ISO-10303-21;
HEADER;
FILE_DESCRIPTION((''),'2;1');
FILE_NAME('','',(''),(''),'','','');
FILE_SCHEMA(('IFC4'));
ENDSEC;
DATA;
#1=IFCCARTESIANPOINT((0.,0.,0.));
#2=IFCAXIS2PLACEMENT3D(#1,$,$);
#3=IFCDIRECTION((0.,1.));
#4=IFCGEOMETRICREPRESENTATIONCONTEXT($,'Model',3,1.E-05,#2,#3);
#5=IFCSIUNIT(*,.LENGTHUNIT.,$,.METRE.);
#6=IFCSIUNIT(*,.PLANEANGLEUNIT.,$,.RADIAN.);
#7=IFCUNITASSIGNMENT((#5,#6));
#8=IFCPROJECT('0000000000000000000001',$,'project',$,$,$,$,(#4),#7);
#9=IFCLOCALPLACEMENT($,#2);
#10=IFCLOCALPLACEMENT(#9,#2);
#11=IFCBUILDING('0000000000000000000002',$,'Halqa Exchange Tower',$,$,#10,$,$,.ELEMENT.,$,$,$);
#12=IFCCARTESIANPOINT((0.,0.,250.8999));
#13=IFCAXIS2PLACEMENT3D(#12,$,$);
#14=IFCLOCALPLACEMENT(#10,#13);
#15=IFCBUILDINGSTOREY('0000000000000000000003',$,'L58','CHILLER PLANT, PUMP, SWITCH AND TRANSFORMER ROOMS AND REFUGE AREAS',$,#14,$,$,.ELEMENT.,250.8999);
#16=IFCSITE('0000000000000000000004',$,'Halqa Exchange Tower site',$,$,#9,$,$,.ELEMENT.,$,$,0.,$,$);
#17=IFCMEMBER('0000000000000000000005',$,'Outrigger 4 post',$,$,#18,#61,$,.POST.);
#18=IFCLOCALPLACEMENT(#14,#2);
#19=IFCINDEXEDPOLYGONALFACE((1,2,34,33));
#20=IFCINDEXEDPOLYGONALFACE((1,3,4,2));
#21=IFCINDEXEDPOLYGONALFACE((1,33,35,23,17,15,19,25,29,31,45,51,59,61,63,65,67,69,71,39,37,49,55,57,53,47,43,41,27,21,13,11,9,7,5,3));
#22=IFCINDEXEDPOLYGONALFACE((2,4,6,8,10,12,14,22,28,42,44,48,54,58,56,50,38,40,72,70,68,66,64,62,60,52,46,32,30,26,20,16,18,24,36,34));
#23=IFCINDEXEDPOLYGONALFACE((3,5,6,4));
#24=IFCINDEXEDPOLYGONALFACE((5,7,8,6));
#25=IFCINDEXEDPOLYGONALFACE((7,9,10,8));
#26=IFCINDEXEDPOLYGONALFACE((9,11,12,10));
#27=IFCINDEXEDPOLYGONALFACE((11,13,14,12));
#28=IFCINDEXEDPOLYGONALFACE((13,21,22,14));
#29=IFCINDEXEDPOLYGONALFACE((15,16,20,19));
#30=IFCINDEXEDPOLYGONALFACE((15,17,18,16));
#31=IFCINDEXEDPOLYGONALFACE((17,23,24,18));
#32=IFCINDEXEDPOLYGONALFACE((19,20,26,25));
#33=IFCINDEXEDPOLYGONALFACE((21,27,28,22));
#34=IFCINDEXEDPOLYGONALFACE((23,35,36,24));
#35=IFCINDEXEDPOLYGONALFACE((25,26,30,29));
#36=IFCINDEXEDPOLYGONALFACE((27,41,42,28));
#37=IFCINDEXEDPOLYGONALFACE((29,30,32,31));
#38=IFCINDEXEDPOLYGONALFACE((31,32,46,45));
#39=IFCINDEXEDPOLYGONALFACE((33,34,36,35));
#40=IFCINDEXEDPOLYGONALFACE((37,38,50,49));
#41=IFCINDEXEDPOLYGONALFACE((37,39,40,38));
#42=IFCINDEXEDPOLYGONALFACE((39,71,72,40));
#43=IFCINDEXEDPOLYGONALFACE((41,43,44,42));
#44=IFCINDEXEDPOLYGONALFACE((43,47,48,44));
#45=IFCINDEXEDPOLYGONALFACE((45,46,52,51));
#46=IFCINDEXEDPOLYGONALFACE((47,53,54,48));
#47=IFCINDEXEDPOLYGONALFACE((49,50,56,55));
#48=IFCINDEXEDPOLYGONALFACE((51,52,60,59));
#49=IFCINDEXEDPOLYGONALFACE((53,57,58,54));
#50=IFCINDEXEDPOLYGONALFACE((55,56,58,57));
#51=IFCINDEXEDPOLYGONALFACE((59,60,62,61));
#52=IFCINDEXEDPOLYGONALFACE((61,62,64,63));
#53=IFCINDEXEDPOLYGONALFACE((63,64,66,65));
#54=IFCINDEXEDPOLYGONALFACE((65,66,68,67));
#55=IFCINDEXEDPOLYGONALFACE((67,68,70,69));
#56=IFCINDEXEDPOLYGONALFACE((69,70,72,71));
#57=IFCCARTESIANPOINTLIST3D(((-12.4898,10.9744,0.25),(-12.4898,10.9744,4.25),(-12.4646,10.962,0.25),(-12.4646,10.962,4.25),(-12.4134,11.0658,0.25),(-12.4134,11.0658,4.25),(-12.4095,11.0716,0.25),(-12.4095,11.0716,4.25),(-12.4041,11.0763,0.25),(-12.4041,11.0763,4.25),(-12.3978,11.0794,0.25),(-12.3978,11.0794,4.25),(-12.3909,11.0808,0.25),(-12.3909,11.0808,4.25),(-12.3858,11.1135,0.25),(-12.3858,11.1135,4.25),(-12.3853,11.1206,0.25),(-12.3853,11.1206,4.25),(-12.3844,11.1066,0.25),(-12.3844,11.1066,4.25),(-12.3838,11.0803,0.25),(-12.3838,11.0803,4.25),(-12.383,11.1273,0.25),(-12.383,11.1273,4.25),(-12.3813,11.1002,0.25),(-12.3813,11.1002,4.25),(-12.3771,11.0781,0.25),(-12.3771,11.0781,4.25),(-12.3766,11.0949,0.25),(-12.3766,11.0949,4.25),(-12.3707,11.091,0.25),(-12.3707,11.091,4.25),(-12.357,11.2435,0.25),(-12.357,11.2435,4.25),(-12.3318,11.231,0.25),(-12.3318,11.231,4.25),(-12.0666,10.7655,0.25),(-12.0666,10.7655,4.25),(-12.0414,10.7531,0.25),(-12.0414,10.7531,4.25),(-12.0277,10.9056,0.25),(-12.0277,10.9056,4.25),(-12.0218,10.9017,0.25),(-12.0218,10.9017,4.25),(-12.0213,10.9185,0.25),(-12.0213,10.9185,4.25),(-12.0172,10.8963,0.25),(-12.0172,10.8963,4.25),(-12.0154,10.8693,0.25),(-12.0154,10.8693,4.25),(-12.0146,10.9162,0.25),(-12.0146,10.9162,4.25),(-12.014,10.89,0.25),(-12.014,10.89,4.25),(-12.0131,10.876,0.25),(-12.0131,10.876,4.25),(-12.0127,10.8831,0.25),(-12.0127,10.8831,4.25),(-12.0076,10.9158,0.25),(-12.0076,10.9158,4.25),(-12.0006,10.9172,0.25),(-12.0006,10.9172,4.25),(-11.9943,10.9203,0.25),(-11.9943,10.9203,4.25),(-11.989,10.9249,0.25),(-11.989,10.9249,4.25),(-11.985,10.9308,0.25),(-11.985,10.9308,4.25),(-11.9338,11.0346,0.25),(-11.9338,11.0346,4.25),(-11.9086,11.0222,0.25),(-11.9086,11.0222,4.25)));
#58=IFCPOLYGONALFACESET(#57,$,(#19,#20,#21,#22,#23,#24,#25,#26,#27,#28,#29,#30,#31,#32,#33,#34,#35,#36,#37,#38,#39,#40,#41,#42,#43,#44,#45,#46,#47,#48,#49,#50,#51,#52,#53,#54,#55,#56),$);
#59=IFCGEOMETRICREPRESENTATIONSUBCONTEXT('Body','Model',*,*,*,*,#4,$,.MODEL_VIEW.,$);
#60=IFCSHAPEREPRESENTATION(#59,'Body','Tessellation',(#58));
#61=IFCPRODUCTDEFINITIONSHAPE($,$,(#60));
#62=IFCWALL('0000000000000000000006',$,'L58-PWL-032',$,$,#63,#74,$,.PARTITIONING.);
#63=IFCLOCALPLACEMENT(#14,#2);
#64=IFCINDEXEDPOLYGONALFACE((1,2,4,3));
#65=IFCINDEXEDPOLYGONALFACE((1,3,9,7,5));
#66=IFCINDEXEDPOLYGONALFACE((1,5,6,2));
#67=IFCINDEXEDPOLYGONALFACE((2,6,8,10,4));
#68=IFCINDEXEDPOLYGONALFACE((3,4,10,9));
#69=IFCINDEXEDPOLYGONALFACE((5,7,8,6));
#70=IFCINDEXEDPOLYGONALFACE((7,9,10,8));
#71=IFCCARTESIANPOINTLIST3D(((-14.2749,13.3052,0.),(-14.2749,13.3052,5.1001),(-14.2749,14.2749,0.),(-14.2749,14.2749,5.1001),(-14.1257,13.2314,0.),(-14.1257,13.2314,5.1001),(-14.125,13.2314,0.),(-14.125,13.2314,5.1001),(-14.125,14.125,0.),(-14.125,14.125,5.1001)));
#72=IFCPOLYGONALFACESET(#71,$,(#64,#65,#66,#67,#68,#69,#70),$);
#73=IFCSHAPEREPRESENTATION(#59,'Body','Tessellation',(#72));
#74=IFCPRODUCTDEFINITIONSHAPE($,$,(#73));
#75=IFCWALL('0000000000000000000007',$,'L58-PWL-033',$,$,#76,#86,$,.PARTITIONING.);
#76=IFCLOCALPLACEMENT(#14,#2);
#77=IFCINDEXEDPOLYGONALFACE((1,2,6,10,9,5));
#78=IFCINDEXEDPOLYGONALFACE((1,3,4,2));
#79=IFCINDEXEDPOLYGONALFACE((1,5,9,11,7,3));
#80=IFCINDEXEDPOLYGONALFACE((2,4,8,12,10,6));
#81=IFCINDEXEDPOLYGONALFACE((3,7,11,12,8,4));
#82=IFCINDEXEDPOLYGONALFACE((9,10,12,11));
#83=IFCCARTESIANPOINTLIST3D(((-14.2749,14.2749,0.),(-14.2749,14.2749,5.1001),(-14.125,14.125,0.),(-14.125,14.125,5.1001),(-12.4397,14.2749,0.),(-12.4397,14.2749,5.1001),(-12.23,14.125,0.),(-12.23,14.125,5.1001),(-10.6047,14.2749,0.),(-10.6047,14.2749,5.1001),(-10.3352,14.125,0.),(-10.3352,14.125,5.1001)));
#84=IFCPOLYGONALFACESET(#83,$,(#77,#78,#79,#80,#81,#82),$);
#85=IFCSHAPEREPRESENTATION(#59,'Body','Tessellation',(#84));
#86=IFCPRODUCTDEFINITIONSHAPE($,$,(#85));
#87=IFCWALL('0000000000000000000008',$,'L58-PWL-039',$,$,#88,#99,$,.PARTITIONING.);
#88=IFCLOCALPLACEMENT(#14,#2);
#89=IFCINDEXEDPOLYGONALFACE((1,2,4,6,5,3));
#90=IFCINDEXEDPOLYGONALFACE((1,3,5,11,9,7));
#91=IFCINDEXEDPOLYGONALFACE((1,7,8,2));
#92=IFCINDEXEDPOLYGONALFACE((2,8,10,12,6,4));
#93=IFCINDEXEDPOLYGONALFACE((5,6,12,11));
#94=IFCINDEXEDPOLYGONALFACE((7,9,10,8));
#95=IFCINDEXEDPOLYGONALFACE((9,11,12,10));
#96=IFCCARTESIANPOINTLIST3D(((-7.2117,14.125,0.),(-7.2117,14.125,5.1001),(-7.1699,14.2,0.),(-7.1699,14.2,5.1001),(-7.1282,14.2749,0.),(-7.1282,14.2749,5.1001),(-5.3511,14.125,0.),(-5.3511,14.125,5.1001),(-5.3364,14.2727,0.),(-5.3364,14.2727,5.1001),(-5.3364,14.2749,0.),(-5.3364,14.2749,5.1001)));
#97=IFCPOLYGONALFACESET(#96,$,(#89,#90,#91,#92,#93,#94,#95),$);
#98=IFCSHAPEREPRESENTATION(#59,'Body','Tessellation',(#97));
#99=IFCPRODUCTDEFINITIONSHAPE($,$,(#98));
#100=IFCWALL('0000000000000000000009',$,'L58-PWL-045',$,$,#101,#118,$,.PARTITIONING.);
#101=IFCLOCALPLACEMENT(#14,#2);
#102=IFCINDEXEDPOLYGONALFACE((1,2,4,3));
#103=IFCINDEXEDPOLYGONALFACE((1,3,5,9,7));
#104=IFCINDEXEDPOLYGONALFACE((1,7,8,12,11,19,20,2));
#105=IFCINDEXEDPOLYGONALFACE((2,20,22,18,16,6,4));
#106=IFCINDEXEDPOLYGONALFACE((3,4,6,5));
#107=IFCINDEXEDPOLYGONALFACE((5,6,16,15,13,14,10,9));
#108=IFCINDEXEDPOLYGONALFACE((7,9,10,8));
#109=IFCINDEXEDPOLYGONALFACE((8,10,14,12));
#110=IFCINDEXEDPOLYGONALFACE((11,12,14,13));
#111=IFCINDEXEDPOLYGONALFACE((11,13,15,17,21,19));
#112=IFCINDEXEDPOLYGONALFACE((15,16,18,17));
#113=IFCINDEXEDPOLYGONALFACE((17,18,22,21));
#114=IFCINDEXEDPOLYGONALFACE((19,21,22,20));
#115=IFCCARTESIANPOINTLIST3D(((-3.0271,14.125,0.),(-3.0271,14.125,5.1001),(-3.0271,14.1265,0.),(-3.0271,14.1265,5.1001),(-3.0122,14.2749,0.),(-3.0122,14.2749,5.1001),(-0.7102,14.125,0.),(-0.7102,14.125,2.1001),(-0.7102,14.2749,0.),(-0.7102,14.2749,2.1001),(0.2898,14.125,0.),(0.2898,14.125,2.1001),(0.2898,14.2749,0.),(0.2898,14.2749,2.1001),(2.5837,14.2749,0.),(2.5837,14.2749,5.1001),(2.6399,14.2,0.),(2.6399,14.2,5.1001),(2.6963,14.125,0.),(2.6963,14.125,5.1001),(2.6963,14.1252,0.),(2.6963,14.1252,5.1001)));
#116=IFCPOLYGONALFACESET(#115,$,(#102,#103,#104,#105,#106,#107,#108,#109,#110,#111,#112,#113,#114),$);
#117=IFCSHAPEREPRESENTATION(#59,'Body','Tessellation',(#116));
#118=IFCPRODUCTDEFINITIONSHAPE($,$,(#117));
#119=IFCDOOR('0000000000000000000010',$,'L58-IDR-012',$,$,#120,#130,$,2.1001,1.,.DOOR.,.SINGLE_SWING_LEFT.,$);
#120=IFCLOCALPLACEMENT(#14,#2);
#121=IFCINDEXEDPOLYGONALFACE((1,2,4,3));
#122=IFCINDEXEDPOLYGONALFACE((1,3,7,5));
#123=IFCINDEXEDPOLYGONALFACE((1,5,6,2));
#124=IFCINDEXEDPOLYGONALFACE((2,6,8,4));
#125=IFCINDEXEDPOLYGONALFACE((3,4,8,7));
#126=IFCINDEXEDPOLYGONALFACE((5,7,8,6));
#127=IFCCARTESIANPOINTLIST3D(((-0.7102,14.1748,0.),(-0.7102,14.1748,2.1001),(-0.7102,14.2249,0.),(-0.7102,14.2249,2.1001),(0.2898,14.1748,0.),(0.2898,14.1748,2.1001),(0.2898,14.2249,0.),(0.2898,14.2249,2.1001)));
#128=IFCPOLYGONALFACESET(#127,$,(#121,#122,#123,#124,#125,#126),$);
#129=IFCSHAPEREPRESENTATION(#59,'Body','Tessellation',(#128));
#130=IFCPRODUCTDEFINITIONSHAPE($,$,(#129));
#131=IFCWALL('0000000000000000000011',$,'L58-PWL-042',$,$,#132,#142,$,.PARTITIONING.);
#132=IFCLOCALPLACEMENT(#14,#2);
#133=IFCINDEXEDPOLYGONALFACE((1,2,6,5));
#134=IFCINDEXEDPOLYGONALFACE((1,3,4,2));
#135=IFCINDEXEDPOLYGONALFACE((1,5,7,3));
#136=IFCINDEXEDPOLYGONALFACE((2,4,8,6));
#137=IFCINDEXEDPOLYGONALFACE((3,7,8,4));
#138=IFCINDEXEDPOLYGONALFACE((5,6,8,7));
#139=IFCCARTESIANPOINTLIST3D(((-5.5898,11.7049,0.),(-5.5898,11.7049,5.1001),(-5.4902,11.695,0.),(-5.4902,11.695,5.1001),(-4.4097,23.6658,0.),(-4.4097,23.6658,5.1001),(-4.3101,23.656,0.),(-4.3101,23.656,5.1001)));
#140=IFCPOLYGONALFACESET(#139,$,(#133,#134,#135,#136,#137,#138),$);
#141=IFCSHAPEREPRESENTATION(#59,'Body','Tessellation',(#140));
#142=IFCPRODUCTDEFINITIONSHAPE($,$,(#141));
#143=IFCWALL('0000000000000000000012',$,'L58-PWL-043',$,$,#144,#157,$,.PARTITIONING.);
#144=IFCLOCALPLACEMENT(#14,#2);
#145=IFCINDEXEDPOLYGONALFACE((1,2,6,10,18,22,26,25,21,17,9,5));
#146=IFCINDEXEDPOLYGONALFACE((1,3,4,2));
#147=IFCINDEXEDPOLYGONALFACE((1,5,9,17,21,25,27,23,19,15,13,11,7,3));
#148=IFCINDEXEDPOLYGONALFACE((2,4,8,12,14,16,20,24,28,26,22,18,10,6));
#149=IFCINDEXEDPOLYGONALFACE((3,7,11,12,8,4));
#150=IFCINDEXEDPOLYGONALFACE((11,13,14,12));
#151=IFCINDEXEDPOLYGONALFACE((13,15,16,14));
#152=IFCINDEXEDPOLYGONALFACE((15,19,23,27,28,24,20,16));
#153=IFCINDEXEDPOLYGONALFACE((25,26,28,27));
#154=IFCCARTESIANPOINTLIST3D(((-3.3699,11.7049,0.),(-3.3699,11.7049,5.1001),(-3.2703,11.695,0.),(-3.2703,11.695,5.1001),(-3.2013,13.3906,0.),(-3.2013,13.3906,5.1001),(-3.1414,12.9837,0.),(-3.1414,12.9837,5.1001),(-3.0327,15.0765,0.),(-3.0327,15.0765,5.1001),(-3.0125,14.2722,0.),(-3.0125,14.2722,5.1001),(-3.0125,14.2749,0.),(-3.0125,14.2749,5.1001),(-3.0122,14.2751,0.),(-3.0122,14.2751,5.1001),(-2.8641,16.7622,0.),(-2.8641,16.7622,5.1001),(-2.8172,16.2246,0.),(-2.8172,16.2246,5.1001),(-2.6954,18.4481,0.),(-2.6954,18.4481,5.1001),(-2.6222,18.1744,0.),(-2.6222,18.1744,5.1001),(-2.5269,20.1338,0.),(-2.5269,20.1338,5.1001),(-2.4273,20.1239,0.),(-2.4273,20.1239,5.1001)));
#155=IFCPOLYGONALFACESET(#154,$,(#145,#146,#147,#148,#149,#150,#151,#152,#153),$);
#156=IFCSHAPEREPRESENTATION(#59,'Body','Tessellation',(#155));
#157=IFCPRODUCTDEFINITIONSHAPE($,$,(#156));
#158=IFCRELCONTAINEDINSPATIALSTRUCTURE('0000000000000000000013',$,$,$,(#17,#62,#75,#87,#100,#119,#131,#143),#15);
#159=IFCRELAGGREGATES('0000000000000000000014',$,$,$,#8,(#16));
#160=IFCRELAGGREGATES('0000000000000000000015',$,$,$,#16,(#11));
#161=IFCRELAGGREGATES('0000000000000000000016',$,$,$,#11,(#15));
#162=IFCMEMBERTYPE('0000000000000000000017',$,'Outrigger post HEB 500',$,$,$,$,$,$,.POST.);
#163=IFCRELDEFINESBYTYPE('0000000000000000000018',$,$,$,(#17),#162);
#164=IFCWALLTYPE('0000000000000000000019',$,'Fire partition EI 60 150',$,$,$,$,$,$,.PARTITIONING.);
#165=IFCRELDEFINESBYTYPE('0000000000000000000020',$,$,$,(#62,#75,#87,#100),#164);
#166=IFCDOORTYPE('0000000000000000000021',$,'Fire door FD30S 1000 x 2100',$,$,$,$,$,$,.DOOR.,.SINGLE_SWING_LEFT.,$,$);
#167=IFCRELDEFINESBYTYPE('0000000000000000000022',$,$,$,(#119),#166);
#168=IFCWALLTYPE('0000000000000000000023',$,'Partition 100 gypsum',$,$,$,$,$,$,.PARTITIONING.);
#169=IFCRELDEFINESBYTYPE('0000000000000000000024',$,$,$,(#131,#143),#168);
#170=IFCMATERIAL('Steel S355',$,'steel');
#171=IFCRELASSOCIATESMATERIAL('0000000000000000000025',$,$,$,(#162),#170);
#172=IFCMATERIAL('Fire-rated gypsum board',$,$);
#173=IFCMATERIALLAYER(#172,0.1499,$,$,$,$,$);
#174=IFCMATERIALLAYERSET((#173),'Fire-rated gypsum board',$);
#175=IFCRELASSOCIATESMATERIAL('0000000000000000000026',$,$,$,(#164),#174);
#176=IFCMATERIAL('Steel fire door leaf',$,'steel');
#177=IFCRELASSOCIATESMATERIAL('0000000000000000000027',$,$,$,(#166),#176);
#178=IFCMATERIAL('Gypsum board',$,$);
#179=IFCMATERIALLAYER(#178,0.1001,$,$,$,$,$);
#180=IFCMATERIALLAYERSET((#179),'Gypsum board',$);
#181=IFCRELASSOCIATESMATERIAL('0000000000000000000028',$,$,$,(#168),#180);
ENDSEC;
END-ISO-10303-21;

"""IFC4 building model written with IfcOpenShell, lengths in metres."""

from ifc_helpers import new_model, si_unit, direction, frame, frame_2d, origin, origin_2d, place, context, subcontext, project, spatial, polyline, rectangle, i_section, outline, extrude, material, layer, layer_set, material_profile, profile_set, type_object, element, fill, save


model = new_model("IFC4")

# Units and contexts
model_context = context("Model", 3, precision=1e-05, world=origin(), true_north=direction((0.0, 1.0)))
body_context = subcontext(model_context, "Body", "Model", "MODEL_VIEW")
ifc_project = project(units=[si_unit("LENGTHUNIT", "METRE"), si_unit("PLANEANGLEUNIT", "RADIAN")], contexts=[model_context])

# Site, building, storey
site_placement = place(None, origin())
site = spatial("IfcSite", under=ifc_project, at=site_placement, Name="Halqa Exchange Tower site", CompositionType="ELEMENT", RefElevation=0.0)
building_placement = place(site_placement, origin())
building = spatial("IfcBuilding", under=site, at=building_placement, Name="Halqa Exchange Tower", CompositionType="ELEMENT")
storey_placement = place(building_placement, frame((0.0, 0.0, 250.8999)))
storey = spatial("IfcBuildingStorey", under=building, at=storey_placement, Name="L58", Description="CHILLER PLANT, PUMP, SWITCH AND TRANSFORMER ROOMS AND REFUGE AREAS", CompositionType="ELEMENT", Elevation=250.8999)

# Shared definitions
ifc_material_1 = material(Name="Steel S355", Category="steel")

# Member
ifc_material_profile_1 = material_profile(ifc_material_1, i_section(OverallWidth=0.3, OverallDepth=0.5, WebThickness=0.0144, FlangeThickness=0.0281, FilletRadius=0.0271, at=origin_2d()), Name="HEB 500")
ifc_profile_set_1 = profile_set([ifc_material_profile_1], Name="Steel S355")
member_type_1 = type_object("IfcMemberType", Name="Outrigger post HEB 500", PredefinedType="POST", material=ifc_profile_set_1)
member_1_placement = place(storey_placement, frame((-12.1992, 10.9983, 0.25), z_axis=(0.0, 0.0, 1.0), x_axis=(-0.442617, -0.896711, 0.0)))
element("IfcMember", 1, at=member_1_placement, inside=storey, type_object=member_type_1, Name="Outrigger 4 post", PredefinedType="POST", context=body_context, shape_type="SweptSolid", body=[
    extrude(i_section(OverallWidth=0.3, OverallDepth=0.5, WebThickness=0.0144, FlangeThickness=0.0281, FilletRadius=0.0271, at=origin_2d()), origin(), (0.0, 0.0, 1.0), 4.0),
])

# Walls
ifc_material_2 = material(Name="Fire-rated gypsum board")
ifc_layer_1 = layer(ifc_material_2, 0.1499)
ifc_layer_set_1 = layer_set([ifc_layer_1], Name="Fire-rated gypsum board")
wall_type_1 = type_object("IfcWallType", Name="Fire partition EI 60 150", PredefinedType="PARTITIONING", material=ifc_layer_set_1)
wall_1_placement = place(storey_placement, frame((-14.2, 13.2314, 0.0), z_axis=(0.0, 0.0, 1.0), x_axis=(0.0, 1.0, 0.0)))
element("IfcWall", 2, at=wall_1_placement, inside=storey, type_object=wall_type_1, Name="L58-PWL-032", PredefinedType="PARTITIONING", context=body_context, shape_type="SweptSolid", body=[
    extrude(outline(polyline([(0.0, -0.075), (0.8936, -0.075), (1.0435, 0.075), (0.0737, 0.075), (0.0, -0.0742), (0.0, -0.075)])), origin(), (0.0, 0.0, 1.0), 5.1001),
])
wall_2_placement = place(storey_placement, frame((-14.2749, 14.2, 0.0), z_axis=(0.0, 0.0, 1.0), x_axis=(1.0, 0.0, 0.0)))
element("IfcWall", 3, at=wall_2_placement, inside=storey, type_object=wall_type_1, Name="L58-PWL-033", PredefinedType="PARTITIONING", context=body_context, shape_type="SweptSolid", body=[
    extrude(outline(polyline([(3.9397, -0.075), (3.9397, -0.075), (3.6702, 0.075), (1.8352, 0.075), (0.0, 0.075), (0.1499, -0.075), (2.0449, -0.075), (3.9397, -0.075)])), origin(), (0.0, 0.0, 1.0), 5.1001),
])
wall_3_placement = place(storey_placement, frame((-7.2119, 14.2, 0.0), z_axis=(0.0, 0.0, 1.0), x_axis=(1.0, 0.0, 0.0)))
element("IfcWall", 4, at=wall_3_placement, inside=storey, type_object=wall_type_1, Name="L58-PWL-039", PredefinedType="PARTITIONING", context=body_context, shape_type="SweptSolid", body=[
    extrude(outline(polyline([(0.0002, -0.075), (1.8608, -0.075), (1.8755, 0.0728), (1.8755, 0.075), (0.0837, 0.075), (0.042, 0.0), (0.0002, -0.075)])), origin(), (0.0, 0.0, 1.0), 5.1001),
])

# Wall, opening, door
wall_4_placement = place(storey_placement, frame((-3.0271, 14.2, 0.0), z_axis=(0.0, 0.0, 1.0), x_axis=(1.0, 0.0, 0.0)))
wall_4 = element("IfcWall", 5, at=wall_4_placement, inside=storey, type_object=wall_type_1, Name="L58-PWL-045", PredefinedType="PARTITIONING", context=body_context, shape_type="SweptSolid", body=[
    extrude(outline(polyline([(5.7234, -0.075), (5.7234, -0.0747), (5.667, 0.0), (5.6108, 0.075), (3.7454, 0.075), (1.8801, 0.075), (0.0149, 0.075), (0.0, -0.0735), (0.0, -0.075), (1.9077, -0.075), (3.8157, -0.075), (5.7234, -0.075)])), origin(), (0.0, 0.0, 1.0), 5.1001),
])
opening_1_placement = place(wall_4_placement, frame((2.3169, 0.0, 0.0)))
opening_1 = element("IfcOpeningElement", 6, at=opening_1_placement, cuts=wall_4, PredefinedType="OPENING", context=body_context, shape_type="SweptSolid", body=[
    extrude(rectangle(XDim=1.0, YDim=2.1001, at=frame_2d((0.5, 1.05))), frame((0.0, 0.0869, 0.0), z_axis=(0.0, -1.0, 0.0), x_axis=(1.0, 0.0, 0.0)), (0.0, 0.0, 1.0), 0.1738),
])
ifc_material_3 = material(Name="Steel fire door leaf", Category="steel")
door_type_1 = type_object("IfcDoorType", Name="Fire door FD30S 1000 x 2100", OperationType="SINGLE_SWING_LEFT", PredefinedType="DOOR", material=ifc_material_3)
door_1_placement = place(opening_1_placement, origin())
door_1 = element("IfcDoor", 7, at=door_1_placement, inside=storey, type_object=door_type_1, Name="L58-IDR-012", OperationType="SINGLE_SWING_LEFT", OverallHeight=2.1001, OverallWidth=1.0, PredefinedType="DOOR", context=body_context, shape_type="SweptSolid", body=[
    extrude(rectangle(XDim=1.0, YDim=2.1001, at=frame_2d((0.5, 1.05))), frame((0.0, 0.0249, 0.0), z_axis=(0.0, -1.0, 0.0), x_axis=(1.0, 0.0, 0.0)), (0.0, 0.0, 1.0), 0.05),
])
fill(opening_1, door_1)

# Walls
ifc_material_4 = material(Name="Gypsum board")
ifc_layer_2 = layer(ifc_material_4, 0.1001)
ifc_layer_set_2 = layer_set([ifc_layer_2], Name="Gypsum board")
wall_type_2 = type_object("IfcWallType", Name="Partition 100 gypsum", PredefinedType="PARTITIONING", material=ifc_layer_set_2)
wall_5_placement = place(storey_placement, frame((-5.54, 11.7, 0.0), z_axis=(0.0, 0.0, 1.0), x_axis=(0.098192, 0.995167, 0.0)))
element("IfcWall", 8, at=wall_5_placement, inside=storey, type_object=wall_type_2, Name="L58-PWL-042", PredefinedType="PARTITIONING", context=body_context, shape_type="SweptSolid", body=[
    extrude(rectangle(XDim=12.019, YDim=0.1001, at=frame_2d((6.0095, 0.0))), origin(), (0.0, 0.0, 1.0), 5.1001),
])
wall_6_placement = place(storey_placement, frame((-3.3201, 11.7, 0.0), z_axis=(0.0, 0.0, 1.0), x_axis=(0.099518, 0.995036, 0.0)))
element("IfcWall", 9, at=wall_6_placement, inside=storey, type_object=wall_type_2, Name="L58-PWL-043", PredefinedType="PARTITIONING", context=body_context, shape_type="SweptSolid", body=[
    extrude(outline(polyline([(0.0, -0.05), (1.2952, -0.05), (2.5901, -0.05), (2.5928, -0.0498), (2.593, -0.05), (4.5522, -0.05), (6.5117, -0.05), (8.4709, -0.05), (8.4709, 0.05), (6.7769, 0.05), (5.0825, 0.05), (3.3884, 0.05), (1.6941, 0.05), (0.0, 0.05), (0.0, -0.05)])), origin(), (0.0, 0.0, 1.0), 5.1001),
])

save(model, "model.ifc")
